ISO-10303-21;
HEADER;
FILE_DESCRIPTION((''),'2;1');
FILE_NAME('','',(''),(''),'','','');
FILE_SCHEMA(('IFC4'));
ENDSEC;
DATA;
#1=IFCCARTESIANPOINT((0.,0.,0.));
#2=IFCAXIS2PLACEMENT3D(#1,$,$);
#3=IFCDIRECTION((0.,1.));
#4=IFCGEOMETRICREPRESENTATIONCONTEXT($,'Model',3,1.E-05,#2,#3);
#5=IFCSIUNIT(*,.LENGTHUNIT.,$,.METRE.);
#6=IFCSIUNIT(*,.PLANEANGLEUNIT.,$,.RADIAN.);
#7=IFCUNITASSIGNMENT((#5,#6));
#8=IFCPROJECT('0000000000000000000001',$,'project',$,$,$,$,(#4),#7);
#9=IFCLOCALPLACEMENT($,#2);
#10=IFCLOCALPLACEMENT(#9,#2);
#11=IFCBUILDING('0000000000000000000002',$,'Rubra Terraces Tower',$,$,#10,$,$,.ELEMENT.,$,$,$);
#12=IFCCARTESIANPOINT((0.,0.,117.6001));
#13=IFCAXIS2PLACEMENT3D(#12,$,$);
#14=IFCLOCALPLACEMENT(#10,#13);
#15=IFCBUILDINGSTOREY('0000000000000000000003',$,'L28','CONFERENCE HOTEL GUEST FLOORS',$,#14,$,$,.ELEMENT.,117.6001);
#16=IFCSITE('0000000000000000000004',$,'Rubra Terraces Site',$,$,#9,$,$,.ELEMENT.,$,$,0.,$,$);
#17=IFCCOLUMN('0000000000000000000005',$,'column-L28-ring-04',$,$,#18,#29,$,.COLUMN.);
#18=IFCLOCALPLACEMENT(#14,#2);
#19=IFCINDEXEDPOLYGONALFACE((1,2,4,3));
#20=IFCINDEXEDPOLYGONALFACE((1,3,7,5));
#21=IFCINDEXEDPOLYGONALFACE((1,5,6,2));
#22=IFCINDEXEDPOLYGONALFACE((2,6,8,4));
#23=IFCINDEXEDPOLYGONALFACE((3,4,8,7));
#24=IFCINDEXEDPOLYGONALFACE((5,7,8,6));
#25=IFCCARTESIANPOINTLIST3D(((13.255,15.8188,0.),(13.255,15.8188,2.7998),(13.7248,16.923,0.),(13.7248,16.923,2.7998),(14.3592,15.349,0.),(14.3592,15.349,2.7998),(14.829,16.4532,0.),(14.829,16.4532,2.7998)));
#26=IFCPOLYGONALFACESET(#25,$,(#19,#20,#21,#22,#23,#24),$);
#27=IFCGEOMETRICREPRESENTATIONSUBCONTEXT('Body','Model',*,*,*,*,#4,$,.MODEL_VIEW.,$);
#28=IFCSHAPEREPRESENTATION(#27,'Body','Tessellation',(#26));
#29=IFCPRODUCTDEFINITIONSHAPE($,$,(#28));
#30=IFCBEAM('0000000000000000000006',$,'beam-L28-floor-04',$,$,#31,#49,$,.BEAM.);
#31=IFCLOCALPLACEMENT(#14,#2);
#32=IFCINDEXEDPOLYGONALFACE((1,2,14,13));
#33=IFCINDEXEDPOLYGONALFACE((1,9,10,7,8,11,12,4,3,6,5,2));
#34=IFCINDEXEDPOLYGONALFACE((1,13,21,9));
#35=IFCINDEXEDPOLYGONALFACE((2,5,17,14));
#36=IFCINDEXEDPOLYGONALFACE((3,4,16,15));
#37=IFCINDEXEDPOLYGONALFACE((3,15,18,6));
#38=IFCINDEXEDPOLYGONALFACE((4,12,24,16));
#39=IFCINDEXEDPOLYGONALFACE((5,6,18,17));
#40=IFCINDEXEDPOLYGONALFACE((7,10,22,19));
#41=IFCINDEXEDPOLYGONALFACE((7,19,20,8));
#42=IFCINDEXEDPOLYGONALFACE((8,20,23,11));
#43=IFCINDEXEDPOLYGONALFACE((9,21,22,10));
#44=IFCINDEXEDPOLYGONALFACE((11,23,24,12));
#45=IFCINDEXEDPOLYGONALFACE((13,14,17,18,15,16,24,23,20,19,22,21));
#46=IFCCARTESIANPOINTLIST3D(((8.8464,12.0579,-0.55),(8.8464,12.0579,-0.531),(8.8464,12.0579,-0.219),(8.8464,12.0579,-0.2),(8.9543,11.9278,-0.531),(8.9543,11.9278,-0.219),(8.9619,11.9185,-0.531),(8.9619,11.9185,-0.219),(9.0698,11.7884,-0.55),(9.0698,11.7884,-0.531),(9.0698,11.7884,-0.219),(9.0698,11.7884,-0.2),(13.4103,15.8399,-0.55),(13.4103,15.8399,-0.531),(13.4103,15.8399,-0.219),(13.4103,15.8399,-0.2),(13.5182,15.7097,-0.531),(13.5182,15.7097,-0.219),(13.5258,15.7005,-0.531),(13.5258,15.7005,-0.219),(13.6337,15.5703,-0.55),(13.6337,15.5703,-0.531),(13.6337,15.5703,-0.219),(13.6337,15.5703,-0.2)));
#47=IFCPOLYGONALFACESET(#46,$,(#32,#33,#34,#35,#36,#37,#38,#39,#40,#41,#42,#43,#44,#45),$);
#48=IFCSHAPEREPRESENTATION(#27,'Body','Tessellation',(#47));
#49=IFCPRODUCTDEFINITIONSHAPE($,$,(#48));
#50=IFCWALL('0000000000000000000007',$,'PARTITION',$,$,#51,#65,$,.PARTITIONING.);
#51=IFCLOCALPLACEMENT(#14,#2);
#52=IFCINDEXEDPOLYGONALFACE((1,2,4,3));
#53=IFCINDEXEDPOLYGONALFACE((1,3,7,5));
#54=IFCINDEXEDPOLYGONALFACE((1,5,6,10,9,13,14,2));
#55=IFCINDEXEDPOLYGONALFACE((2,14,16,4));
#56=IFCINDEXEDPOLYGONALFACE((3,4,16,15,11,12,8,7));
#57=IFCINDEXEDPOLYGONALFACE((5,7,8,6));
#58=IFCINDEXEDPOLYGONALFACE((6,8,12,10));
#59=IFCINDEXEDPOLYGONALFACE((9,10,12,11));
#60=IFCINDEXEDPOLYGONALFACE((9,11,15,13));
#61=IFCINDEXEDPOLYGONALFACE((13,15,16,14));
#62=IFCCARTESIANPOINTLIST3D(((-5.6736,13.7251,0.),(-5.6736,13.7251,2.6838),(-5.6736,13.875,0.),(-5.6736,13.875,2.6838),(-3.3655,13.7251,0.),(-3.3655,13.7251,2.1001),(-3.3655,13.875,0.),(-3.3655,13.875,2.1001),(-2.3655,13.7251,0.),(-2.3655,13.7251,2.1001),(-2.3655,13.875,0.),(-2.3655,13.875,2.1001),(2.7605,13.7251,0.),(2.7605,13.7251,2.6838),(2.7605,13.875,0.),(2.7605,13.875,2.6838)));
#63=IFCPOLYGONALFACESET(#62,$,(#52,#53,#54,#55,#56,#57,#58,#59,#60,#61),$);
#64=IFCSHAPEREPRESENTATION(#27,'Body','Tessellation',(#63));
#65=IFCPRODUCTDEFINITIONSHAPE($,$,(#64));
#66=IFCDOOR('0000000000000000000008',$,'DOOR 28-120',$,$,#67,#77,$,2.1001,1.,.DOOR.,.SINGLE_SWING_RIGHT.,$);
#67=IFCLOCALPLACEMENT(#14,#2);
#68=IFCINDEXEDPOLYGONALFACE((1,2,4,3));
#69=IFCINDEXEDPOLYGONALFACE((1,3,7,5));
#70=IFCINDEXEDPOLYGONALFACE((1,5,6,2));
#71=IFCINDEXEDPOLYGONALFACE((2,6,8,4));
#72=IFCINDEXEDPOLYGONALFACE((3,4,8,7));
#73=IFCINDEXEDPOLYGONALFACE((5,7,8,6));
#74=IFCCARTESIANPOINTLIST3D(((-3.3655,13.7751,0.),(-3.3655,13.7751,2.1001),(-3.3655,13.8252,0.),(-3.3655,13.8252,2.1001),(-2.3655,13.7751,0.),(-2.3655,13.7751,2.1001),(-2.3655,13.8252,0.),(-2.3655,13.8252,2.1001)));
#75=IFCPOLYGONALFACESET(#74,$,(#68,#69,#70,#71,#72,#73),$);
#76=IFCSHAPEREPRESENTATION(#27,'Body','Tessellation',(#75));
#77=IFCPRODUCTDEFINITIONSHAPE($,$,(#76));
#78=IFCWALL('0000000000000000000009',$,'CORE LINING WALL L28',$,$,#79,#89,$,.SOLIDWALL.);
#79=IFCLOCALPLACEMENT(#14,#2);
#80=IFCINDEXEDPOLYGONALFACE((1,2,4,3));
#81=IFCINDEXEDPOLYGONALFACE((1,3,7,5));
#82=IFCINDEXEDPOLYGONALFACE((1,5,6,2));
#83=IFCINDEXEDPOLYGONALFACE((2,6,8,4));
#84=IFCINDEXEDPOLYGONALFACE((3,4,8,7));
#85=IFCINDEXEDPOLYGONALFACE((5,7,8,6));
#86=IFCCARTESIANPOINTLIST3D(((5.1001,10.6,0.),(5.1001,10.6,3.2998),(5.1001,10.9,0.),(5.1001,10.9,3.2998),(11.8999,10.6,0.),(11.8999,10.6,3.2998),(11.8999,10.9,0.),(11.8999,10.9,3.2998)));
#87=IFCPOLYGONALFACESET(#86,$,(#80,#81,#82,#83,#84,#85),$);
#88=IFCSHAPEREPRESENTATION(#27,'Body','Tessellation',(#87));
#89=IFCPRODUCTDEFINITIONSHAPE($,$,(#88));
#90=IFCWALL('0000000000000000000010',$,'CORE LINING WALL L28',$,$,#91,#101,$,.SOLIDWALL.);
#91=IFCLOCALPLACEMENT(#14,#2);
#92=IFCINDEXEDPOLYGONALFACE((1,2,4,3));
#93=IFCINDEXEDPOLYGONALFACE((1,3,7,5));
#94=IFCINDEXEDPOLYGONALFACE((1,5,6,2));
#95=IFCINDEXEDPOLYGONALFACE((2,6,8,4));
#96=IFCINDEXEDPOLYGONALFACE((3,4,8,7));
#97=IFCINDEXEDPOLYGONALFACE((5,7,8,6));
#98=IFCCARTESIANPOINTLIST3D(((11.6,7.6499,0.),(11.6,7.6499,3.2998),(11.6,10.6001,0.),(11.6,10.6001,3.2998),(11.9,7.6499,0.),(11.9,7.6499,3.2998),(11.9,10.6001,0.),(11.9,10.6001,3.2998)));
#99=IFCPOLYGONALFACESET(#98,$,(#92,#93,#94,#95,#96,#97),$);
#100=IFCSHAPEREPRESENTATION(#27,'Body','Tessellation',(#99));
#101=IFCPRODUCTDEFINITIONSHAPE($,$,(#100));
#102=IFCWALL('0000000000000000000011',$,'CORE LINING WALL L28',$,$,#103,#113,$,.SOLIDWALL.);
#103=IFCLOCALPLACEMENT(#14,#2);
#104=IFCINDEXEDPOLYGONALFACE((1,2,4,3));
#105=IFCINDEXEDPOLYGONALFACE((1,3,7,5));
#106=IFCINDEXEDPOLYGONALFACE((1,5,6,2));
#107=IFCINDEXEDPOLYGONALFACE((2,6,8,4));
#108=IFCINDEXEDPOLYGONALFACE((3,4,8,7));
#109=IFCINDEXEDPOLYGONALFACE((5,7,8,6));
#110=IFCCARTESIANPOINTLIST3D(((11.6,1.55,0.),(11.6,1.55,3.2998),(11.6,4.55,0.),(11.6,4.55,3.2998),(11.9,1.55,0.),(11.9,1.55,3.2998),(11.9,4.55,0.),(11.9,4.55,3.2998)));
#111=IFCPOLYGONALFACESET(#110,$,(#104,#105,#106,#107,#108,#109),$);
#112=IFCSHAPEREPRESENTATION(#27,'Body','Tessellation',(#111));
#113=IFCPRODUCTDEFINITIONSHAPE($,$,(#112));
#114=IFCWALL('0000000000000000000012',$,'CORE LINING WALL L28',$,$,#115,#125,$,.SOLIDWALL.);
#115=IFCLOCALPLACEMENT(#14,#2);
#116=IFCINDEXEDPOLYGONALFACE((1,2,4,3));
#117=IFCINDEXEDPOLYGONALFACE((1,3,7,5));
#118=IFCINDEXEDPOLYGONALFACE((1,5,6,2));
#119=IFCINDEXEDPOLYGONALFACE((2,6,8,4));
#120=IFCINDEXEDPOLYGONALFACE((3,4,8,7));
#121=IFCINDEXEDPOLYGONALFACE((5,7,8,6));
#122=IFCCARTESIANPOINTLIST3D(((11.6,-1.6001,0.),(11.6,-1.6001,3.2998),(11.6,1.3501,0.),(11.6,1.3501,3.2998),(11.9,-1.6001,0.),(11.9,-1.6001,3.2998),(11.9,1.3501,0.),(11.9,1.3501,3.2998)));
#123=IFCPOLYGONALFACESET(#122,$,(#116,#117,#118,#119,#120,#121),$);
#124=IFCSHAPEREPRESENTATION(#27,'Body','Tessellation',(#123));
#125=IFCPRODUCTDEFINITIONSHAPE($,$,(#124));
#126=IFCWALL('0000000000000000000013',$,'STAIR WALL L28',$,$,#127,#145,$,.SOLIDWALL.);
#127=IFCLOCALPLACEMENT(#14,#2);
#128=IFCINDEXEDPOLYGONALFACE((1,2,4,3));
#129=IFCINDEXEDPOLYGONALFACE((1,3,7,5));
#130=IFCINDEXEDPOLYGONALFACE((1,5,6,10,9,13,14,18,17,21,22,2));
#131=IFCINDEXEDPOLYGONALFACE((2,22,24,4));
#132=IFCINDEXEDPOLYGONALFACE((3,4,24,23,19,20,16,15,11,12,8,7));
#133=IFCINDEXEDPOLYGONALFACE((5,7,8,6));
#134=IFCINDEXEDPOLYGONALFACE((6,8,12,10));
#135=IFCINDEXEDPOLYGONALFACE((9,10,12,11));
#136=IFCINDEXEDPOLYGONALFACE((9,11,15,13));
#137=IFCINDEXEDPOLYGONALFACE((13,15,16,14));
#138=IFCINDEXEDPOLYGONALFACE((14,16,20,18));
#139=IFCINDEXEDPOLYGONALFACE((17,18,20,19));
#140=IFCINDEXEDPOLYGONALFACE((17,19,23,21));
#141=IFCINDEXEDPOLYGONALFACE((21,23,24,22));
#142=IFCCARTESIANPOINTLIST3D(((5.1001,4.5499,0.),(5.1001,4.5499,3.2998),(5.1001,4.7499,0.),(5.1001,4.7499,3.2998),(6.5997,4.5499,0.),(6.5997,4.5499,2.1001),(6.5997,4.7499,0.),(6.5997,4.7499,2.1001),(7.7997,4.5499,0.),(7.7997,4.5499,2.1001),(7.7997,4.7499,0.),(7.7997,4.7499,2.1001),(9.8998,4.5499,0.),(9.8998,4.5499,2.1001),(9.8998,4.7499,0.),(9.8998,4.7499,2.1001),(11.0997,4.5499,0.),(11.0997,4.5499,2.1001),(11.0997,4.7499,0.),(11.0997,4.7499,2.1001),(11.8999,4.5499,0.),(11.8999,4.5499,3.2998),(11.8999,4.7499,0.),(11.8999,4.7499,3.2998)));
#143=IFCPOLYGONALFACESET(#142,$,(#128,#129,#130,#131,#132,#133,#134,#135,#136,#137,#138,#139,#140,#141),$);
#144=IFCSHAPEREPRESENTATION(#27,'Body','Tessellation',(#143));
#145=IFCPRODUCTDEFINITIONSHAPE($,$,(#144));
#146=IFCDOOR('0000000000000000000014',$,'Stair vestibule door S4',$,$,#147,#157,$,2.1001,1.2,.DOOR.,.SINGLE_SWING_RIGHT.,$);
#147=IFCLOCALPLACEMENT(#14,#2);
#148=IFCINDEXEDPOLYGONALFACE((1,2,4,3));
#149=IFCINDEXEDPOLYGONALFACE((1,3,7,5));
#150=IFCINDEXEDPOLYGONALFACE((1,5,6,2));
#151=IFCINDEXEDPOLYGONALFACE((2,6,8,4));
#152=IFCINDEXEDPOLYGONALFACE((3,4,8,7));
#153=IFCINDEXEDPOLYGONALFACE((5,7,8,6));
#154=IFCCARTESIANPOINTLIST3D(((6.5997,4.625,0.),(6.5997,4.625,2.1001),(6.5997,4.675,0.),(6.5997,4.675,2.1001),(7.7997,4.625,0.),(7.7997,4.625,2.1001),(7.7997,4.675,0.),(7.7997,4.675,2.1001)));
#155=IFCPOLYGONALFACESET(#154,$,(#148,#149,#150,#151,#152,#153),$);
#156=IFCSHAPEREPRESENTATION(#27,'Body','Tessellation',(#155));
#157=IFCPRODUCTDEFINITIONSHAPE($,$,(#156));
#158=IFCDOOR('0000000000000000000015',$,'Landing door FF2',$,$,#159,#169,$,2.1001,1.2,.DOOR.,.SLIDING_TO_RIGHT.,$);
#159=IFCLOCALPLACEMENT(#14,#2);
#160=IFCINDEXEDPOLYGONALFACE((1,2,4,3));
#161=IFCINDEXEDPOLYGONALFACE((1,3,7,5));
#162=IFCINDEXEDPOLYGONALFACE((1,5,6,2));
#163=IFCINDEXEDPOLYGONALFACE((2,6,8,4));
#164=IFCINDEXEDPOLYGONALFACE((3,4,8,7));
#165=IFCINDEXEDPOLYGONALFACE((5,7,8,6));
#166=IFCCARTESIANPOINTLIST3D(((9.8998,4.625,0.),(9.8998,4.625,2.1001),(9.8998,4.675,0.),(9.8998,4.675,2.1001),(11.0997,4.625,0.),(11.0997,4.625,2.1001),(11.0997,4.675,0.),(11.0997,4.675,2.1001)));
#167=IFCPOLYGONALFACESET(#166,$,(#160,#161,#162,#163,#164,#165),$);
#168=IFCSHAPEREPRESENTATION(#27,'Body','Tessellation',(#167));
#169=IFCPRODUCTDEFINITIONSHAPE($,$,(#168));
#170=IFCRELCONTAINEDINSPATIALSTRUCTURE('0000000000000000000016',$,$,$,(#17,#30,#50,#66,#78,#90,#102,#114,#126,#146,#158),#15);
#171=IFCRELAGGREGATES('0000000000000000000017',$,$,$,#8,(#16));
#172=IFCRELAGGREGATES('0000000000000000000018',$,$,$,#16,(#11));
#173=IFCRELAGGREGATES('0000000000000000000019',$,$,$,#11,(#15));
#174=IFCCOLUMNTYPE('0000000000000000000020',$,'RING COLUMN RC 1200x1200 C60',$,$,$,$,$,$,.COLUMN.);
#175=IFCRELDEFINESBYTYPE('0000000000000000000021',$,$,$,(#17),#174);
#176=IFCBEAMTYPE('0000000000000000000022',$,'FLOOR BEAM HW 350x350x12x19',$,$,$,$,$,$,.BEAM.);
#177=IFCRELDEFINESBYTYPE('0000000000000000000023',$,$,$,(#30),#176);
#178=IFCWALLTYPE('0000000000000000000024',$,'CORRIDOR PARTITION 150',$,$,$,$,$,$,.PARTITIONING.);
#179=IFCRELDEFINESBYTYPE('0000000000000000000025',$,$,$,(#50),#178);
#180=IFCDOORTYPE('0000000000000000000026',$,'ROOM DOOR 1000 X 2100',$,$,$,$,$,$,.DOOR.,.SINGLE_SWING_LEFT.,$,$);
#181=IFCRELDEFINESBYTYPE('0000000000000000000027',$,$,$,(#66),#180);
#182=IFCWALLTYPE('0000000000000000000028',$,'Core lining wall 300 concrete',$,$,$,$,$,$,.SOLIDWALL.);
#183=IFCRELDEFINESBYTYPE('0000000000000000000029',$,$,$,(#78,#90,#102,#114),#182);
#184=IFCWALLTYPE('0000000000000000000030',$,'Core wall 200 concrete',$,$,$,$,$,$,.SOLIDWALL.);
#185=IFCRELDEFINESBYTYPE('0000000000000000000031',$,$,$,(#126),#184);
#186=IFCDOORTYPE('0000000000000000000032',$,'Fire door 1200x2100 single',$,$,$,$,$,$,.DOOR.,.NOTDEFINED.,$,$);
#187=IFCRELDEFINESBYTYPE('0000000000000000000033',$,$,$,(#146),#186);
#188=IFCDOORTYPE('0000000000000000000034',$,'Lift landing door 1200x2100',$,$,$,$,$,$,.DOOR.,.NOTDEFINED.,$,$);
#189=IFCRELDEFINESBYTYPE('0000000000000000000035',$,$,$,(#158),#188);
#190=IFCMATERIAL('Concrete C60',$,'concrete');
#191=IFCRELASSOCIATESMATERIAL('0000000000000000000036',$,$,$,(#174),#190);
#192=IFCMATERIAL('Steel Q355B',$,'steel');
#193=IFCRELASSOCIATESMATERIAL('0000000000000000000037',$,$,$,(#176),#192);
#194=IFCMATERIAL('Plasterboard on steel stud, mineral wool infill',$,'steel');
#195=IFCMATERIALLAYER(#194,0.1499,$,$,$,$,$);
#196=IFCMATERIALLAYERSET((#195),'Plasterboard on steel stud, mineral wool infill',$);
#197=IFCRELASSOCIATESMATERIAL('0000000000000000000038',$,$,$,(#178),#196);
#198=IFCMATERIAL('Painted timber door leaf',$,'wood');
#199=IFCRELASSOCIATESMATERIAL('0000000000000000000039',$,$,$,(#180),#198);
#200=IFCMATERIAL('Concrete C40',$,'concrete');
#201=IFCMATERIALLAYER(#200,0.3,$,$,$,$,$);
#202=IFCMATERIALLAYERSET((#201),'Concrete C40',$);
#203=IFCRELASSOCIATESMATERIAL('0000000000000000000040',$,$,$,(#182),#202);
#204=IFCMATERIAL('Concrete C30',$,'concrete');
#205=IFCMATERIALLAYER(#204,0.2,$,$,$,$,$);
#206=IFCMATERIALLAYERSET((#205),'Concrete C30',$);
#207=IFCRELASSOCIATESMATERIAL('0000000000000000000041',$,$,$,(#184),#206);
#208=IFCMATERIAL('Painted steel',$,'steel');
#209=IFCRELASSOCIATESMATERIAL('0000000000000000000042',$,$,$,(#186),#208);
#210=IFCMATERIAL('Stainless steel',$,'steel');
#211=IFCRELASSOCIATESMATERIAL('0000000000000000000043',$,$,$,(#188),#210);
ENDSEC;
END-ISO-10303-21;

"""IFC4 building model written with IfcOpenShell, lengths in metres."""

from ifc_helpers import new_model, si_unit, direction, frame, frame_2d, origin, origin_2d, place, context, subcontext, project, spatial, rectangle, i_section, extrude, material, layer, layer_set, material_profile, profile_set, type_object, element, fill, save


model = new_model("IFC4")

# Units and contexts
model_context = context("Model", 3, precision=1e-05, world=origin(), true_north=direction((0.0, 1.0)))
body_context = subcontext(model_context, "Body", "Model", "MODEL_VIEW")
ifc_project = project(units=[si_unit("LENGTHUNIT", "METRE"), si_unit("PLANEANGLEUNIT", "RADIAN")], contexts=[model_context])

# Site, building, storey
site_placement = place(None, origin())
site = spatial("IfcSite", under=ifc_project, at=site_placement, Name="Rubra Terraces Site", CompositionType="ELEMENT", RefElevation=0.0)
building_placement = place(site_placement, origin())
building = spatial("IfcBuilding", under=site, at=building_placement, Name="Rubra Terraces Tower", CompositionType="ELEMENT")
storey_placement = place(building_placement, frame((0.0, 0.0, 117.6001)))
storey = spatial("IfcBuildingStorey", under=building, at=storey_placement, Name="L28", Description="CONFERENCE HOTEL GUEST FLOORS", CompositionType="ELEMENT", Elevation=117.6001)

# Column
ifc_material_1 = material(Name="Concrete C60", Category="concrete")
ifc_material_profile_1 = material_profile(ifc_material_1, rectangle(XDim=1.2, YDim=1.2, at=origin_2d()), Name="RC 1200x1200")
ifc_profile_set_1 = profile_set([ifc_material_profile_1], Name="Concrete C60")
column_type = type_object("IfcColumnType", Name="RING COLUMN RC 1200x1200 C60", PredefinedType="COLUMN", material=ifc_profile_set_1)
column_placement = place(storey_placement, frame((14.042, 16.136, 0.0), z_axis=(0.0, 0.0, 1.0), x_axis=(-0.920168, 0.391524, 0.0)))
element("IfcColumn", 1, at=column_placement, inside=storey, type_object=column_type, Name="column-L28-ring-04", PredefinedType="COLUMN", context=body_context, shape_type="SweptSolid", body=[
    extrude(rectangle(XDim=1.2, YDim=1.2, at=origin_2d()), origin(), (0.0, 0.0, 1.0), 2.7998),
])

# Beam
ifc_material_2 = material(Name="Steel Q355B", Category="steel")
ifc_material_profile_2 = material_profile(ifc_material_2, i_section(OverallWidth=0.3501, OverallDepth=0.3501, WebThickness=0.012, FlangeThickness=0.019, at=origin_2d()), Name="HW 350x350x12x19")
ifc_profile_set_2 = profile_set([ifc_material_profile_2], Name="Steel Q355B")
beam_type = type_object("IfcBeamType", Name="FLOOR BEAM HW 350x350x12x19", PredefinedType="BEAM", material=ifc_profile_set_2)
beam_placement = place(storey_placement, frame((13.522, 15.7051, -0.375), z_axis=(-0.769987, -0.638059, 0.0), x_axis=(0.638059, -0.769987, 0.0)))
element("IfcBeam", 2, at=beam_placement, inside=storey, type_object=beam_type, Name="beam-L28-floor-04", PredefinedType="BEAM", context=body_context, shape_type="SweptSolid", body=[
    extrude(i_section(OverallWidth=0.3501, OverallDepth=0.3501, WebThickness=0.012, FlangeThickness=0.019, at=origin_2d()), origin(), (0.0, 0.0, 1.0), 5.9272),
])

# Wall, opening, door
ifc_material_3 = material(Name="Plasterboard on steel stud, mineral wool infill", Category="steel")
ifc_layer_1 = layer(ifc_material_3, 0.1499)
ifc_layer_set_1 = layer_set([ifc_layer_1], Name="Plasterboard on steel stud, mineral wool infill")
wall_type_1 = type_object("IfcWallType", Name="CORRIDOR PARTITION 150", PredefinedType="PARTITIONING", material=ifc_layer_set_1)
wall_1_placement = place(storey_placement, frame((2.7605, 13.8, 0.0), z_axis=(0.0, 0.0, 1.0), x_axis=(-1.0, 0.0, 0.0)))
wall_1 = element("IfcWall", 3, at=wall_1_placement, inside=storey, type_object=wall_type_1, Name="PARTITION", PredefinedType="PARTITIONING", context=body_context, shape_type="SweptSolid", body=[
    extrude(rectangle(XDim=8.4341, YDim=0.1499, at=frame_2d((4.217, 0.0))), origin(), (0.0, 0.0, 1.0), 2.6838),
])
opening_1_placement = place(wall_1_placement, frame((5.126, 0.0, 0.0)))
opening_1 = element("IfcOpeningElement", 4, at=opening_1_placement, cuts=wall_1, PredefinedType="OPENING", context=body_context, shape_type="SweptSolid", body=[
    extrude(rectangle(XDim=1.0, YDim=2.1001, at=frame_2d((0.5, 1.05))), frame((0.0, 0.085, 0.0), z_axis=(0.0, -1.0, 0.0), x_axis=(1.0, 0.0, 0.0)), (0.0, 0.0, 1.0), 0.1699),
])
ifc_material_4 = material(Name="Painted timber door leaf", Category="wood")
door_type_1 = type_object("IfcDoorType", Name="ROOM DOOR 1000 X 2100", OperationType="SINGLE_SWING_LEFT", PredefinedType="DOOR", material=ifc_material_4)
door_1_placement = place(opening_1_placement, origin())
door_1 = element("IfcDoor", 5, at=door_1_placement, inside=storey, type_object=door_type_1, Name="DOOR 28-120", OperationType="SINGLE_SWING_RIGHT", OverallHeight=2.1001, OverallWidth=1.0, PredefinedType="DOOR", context=body_context, shape_type="SweptSolid", body=[
    extrude(rectangle(XDim=1.0, YDim=2.1001, at=frame_2d((0.5, 1.05))), frame((0.0, 0.0249, 0.0), z_axis=(0.0, -1.0, 0.0), x_axis=(1.0, 0.0, 0.0)), (0.0, 0.0, 1.0), 0.05),
])
fill(opening_1, door_1)

# Walls
ifc_material_5 = material(Name="Concrete C40", Category="concrete")
ifc_layer_2 = layer(ifc_material_5, 0.3)
ifc_layer_set_2 = layer_set([ifc_layer_2], Name="Concrete C40")
wall_type_2 = type_object("IfcWallType", Name="Core lining wall 300 concrete", PredefinedType="SOLIDWALL", material=ifc_layer_set_2)
wall_2_placement = place(storey_placement, frame((11.8999, 10.75, 0.0), z_axis=(0.0, 0.0, 1.0), x_axis=(-1.0, 0.0, 0.0)))
element("IfcWall", 6, at=wall_2_placement, inside=storey, type_object=wall_type_2, Name="CORE LINING WALL L28", PredefinedType="SOLIDWALL", context=body_context, shape_type="SweptSolid", body=[
    extrude(rectangle(XDim=6.7998, YDim=0.3, at=frame_2d((3.3999, 0.0))), origin(), (0.0, 0.0, 1.0), 3.2998),
])
wall_3_placement = place(storey_placement, frame((11.75, 10.6001, 0.0), z_axis=(0.0, 0.0, 1.0), x_axis=(0.0, -1.0, 0.0)))
element("IfcWall", 7, at=wall_3_placement, inside=storey, type_object=wall_type_2, Name="CORE LINING WALL L28", PredefinedType="SOLIDWALL", context=body_context, shape_type="SweptSolid", body=[
    extrude(rectangle(XDim=2.9502, YDim=0.3, at=frame_2d((1.4751, 0.0))), origin(), (0.0, 0.0, 1.0), 3.2998),
])
wall_4_placement = place(storey_placement, frame((11.75, 4.55, 0.0), z_axis=(0.0, 0.0, 1.0), x_axis=(0.0, -1.0, 0.0)))
element("IfcWall", 8, at=wall_4_placement, inside=storey, type_object=wall_type_2, Name="CORE LINING WALL L28", PredefinedType="SOLIDWALL", context=body_context, shape_type="SweptSolid", body=[
    extrude(rectangle(XDim=3.0, YDim=0.3, at=frame_2d((1.5, 0.0))), origin(), (0.0, 0.0, 1.0), 3.2998),
])
wall_5_placement = place(storey_placement, frame((11.75, 1.3501, 0.0), z_axis=(0.0, 0.0, 1.0), x_axis=(0.0, -1.0, 0.0)))
element("IfcWall", 9, at=wall_5_placement, inside=storey, type_object=wall_type_2, Name="CORE LINING WALL L28", PredefinedType="SOLIDWALL", context=body_context, shape_type="SweptSolid", body=[
    extrude(rectangle(XDim=2.9502, YDim=0.3, at=frame_2d((1.4751, 0.0))), origin(), (0.0, 0.0, 1.0), 3.2998),
])

# Wall, openings, doors
ifc_material_6 = material(Name="Concrete C30", Category="concrete")
ifc_layer_3 = layer(ifc_material_6, 0.2)
ifc_layer_set_3 = layer_set([ifc_layer_3], Name="Concrete C30")
wall_type_3 = type_object("IfcWallType", Name="Core wall 200 concrete", PredefinedType="SOLIDWALL", material=ifc_layer_set_3)
wall_6_placement = place(storey_placement, frame((11.8999, 4.6499, 0.0), z_axis=(0.0, 0.0, 1.0), x_axis=(-1.0, 0.0, 0.0)))
wall_6 = element("IfcWall", 10, at=wall_6_placement, inside=storey, type_object=wall_type_3, Name="STAIR WALL L28", PredefinedType="SOLIDWALL", context=body_context, shape_type="SweptSolid", body=[
    extrude(rectangle(XDim=6.7998, YDim=0.2, at=frame_2d((3.3999, 0.0))), origin(), (0.0, 0.0, 1.0), 3.2998),
])
opening_2_placement = place(wall_6_placement, frame((4.1001, 0.0, 0.0)))
opening_2 = element("IfcOpeningElement", 11, at=opening_2_placement, cuts=wall_6, PredefinedType="OPENING", context=body_context, shape_type="SweptSolid", body=[
    extrude(rectangle(XDim=1.2, YDim=2.1001, at=frame_2d((0.6001, 1.05))), frame((0.0, 0.1099, 0.0), z_axis=(0.0, -1.0, 0.0), x_axis=(1.0, 0.0, 0.0)), (0.0, 0.0, 1.0), 0.22),
])
opening_3_placement = place(wall_6_placement, frame((0.8, 0.0, 0.0)))
opening_3 = element("IfcOpeningElement", 12, at=opening_3_placement, cuts=wall_6, PredefinedType="OPENING", context=body_context, shape_type="SweptSolid", body=[
    extrude(rectangle(XDim=1.2, YDim=2.1001, at=frame_2d((0.6001, 1.05))), frame((0.0, 0.1099, 0.0), z_axis=(0.0, -1.0, 0.0), x_axis=(1.0, 0.0, 0.0)), (0.0, 0.0, 1.0), 0.22),
])
ifc_material_7 = material(Name="Painted steel", Category="steel")
door_type_2 = type_object("IfcDoorType", Name="Fire door 1200x2100 single", OperationType="NOTDEFINED", PredefinedType="DOOR", material=ifc_material_7)
door_2_placement = place(opening_2_placement, origin())
door_2 = element("IfcDoor", 13, at=door_2_placement, inside=storey, type_object=door_type_2, Name="Stair vestibule door S4", OperationType="SINGLE_SWING_RIGHT", OverallHeight=2.1001, OverallWidth=1.2, PredefinedType="DOOR", context=body_context, shape_type="SweptSolid", body=[
    extrude(rectangle(XDim=1.2, YDim=2.1001, at=frame_2d((0.6001, 1.05))), frame((0.0, 0.0249, 0.0), z_axis=(0.0, -1.0, 0.0), x_axis=(1.0, 0.0, 0.0)), (0.0, 0.0, 1.0), 0.05),
])
fill(opening_2, door_2)
ifc_material_8 = material(Name="Stainless steel", Category="steel")
door_type_3 = type_object("IfcDoorType", Name="Lift landing door 1200x2100", OperationType="NOTDEFINED", PredefinedType="DOOR", material=ifc_material_8)
door_3_placement = place(opening_3_placement, origin())
door_3 = element("IfcDoor", 14, at=door_3_placement, inside=storey, type_object=door_type_3, Name="Landing door FF2", OperationType="SLIDING_TO_RIGHT", OverallHeight=2.1001, OverallWidth=1.2, PredefinedType="DOOR", context=body_context, shape_type="SweptSolid", body=[
    extrude(rectangle(XDim=1.2, YDim=2.1001, at=frame_2d((0.6001, 1.05))), frame((0.0, 0.0249, 0.0), z_axis=(0.0, -1.0, 0.0), x_axis=(1.0, 0.0, 0.0)), (0.0, 0.0, 1.0), 0.05),
])
fill(opening_3, door_3)

save(model, "model.ifc")
